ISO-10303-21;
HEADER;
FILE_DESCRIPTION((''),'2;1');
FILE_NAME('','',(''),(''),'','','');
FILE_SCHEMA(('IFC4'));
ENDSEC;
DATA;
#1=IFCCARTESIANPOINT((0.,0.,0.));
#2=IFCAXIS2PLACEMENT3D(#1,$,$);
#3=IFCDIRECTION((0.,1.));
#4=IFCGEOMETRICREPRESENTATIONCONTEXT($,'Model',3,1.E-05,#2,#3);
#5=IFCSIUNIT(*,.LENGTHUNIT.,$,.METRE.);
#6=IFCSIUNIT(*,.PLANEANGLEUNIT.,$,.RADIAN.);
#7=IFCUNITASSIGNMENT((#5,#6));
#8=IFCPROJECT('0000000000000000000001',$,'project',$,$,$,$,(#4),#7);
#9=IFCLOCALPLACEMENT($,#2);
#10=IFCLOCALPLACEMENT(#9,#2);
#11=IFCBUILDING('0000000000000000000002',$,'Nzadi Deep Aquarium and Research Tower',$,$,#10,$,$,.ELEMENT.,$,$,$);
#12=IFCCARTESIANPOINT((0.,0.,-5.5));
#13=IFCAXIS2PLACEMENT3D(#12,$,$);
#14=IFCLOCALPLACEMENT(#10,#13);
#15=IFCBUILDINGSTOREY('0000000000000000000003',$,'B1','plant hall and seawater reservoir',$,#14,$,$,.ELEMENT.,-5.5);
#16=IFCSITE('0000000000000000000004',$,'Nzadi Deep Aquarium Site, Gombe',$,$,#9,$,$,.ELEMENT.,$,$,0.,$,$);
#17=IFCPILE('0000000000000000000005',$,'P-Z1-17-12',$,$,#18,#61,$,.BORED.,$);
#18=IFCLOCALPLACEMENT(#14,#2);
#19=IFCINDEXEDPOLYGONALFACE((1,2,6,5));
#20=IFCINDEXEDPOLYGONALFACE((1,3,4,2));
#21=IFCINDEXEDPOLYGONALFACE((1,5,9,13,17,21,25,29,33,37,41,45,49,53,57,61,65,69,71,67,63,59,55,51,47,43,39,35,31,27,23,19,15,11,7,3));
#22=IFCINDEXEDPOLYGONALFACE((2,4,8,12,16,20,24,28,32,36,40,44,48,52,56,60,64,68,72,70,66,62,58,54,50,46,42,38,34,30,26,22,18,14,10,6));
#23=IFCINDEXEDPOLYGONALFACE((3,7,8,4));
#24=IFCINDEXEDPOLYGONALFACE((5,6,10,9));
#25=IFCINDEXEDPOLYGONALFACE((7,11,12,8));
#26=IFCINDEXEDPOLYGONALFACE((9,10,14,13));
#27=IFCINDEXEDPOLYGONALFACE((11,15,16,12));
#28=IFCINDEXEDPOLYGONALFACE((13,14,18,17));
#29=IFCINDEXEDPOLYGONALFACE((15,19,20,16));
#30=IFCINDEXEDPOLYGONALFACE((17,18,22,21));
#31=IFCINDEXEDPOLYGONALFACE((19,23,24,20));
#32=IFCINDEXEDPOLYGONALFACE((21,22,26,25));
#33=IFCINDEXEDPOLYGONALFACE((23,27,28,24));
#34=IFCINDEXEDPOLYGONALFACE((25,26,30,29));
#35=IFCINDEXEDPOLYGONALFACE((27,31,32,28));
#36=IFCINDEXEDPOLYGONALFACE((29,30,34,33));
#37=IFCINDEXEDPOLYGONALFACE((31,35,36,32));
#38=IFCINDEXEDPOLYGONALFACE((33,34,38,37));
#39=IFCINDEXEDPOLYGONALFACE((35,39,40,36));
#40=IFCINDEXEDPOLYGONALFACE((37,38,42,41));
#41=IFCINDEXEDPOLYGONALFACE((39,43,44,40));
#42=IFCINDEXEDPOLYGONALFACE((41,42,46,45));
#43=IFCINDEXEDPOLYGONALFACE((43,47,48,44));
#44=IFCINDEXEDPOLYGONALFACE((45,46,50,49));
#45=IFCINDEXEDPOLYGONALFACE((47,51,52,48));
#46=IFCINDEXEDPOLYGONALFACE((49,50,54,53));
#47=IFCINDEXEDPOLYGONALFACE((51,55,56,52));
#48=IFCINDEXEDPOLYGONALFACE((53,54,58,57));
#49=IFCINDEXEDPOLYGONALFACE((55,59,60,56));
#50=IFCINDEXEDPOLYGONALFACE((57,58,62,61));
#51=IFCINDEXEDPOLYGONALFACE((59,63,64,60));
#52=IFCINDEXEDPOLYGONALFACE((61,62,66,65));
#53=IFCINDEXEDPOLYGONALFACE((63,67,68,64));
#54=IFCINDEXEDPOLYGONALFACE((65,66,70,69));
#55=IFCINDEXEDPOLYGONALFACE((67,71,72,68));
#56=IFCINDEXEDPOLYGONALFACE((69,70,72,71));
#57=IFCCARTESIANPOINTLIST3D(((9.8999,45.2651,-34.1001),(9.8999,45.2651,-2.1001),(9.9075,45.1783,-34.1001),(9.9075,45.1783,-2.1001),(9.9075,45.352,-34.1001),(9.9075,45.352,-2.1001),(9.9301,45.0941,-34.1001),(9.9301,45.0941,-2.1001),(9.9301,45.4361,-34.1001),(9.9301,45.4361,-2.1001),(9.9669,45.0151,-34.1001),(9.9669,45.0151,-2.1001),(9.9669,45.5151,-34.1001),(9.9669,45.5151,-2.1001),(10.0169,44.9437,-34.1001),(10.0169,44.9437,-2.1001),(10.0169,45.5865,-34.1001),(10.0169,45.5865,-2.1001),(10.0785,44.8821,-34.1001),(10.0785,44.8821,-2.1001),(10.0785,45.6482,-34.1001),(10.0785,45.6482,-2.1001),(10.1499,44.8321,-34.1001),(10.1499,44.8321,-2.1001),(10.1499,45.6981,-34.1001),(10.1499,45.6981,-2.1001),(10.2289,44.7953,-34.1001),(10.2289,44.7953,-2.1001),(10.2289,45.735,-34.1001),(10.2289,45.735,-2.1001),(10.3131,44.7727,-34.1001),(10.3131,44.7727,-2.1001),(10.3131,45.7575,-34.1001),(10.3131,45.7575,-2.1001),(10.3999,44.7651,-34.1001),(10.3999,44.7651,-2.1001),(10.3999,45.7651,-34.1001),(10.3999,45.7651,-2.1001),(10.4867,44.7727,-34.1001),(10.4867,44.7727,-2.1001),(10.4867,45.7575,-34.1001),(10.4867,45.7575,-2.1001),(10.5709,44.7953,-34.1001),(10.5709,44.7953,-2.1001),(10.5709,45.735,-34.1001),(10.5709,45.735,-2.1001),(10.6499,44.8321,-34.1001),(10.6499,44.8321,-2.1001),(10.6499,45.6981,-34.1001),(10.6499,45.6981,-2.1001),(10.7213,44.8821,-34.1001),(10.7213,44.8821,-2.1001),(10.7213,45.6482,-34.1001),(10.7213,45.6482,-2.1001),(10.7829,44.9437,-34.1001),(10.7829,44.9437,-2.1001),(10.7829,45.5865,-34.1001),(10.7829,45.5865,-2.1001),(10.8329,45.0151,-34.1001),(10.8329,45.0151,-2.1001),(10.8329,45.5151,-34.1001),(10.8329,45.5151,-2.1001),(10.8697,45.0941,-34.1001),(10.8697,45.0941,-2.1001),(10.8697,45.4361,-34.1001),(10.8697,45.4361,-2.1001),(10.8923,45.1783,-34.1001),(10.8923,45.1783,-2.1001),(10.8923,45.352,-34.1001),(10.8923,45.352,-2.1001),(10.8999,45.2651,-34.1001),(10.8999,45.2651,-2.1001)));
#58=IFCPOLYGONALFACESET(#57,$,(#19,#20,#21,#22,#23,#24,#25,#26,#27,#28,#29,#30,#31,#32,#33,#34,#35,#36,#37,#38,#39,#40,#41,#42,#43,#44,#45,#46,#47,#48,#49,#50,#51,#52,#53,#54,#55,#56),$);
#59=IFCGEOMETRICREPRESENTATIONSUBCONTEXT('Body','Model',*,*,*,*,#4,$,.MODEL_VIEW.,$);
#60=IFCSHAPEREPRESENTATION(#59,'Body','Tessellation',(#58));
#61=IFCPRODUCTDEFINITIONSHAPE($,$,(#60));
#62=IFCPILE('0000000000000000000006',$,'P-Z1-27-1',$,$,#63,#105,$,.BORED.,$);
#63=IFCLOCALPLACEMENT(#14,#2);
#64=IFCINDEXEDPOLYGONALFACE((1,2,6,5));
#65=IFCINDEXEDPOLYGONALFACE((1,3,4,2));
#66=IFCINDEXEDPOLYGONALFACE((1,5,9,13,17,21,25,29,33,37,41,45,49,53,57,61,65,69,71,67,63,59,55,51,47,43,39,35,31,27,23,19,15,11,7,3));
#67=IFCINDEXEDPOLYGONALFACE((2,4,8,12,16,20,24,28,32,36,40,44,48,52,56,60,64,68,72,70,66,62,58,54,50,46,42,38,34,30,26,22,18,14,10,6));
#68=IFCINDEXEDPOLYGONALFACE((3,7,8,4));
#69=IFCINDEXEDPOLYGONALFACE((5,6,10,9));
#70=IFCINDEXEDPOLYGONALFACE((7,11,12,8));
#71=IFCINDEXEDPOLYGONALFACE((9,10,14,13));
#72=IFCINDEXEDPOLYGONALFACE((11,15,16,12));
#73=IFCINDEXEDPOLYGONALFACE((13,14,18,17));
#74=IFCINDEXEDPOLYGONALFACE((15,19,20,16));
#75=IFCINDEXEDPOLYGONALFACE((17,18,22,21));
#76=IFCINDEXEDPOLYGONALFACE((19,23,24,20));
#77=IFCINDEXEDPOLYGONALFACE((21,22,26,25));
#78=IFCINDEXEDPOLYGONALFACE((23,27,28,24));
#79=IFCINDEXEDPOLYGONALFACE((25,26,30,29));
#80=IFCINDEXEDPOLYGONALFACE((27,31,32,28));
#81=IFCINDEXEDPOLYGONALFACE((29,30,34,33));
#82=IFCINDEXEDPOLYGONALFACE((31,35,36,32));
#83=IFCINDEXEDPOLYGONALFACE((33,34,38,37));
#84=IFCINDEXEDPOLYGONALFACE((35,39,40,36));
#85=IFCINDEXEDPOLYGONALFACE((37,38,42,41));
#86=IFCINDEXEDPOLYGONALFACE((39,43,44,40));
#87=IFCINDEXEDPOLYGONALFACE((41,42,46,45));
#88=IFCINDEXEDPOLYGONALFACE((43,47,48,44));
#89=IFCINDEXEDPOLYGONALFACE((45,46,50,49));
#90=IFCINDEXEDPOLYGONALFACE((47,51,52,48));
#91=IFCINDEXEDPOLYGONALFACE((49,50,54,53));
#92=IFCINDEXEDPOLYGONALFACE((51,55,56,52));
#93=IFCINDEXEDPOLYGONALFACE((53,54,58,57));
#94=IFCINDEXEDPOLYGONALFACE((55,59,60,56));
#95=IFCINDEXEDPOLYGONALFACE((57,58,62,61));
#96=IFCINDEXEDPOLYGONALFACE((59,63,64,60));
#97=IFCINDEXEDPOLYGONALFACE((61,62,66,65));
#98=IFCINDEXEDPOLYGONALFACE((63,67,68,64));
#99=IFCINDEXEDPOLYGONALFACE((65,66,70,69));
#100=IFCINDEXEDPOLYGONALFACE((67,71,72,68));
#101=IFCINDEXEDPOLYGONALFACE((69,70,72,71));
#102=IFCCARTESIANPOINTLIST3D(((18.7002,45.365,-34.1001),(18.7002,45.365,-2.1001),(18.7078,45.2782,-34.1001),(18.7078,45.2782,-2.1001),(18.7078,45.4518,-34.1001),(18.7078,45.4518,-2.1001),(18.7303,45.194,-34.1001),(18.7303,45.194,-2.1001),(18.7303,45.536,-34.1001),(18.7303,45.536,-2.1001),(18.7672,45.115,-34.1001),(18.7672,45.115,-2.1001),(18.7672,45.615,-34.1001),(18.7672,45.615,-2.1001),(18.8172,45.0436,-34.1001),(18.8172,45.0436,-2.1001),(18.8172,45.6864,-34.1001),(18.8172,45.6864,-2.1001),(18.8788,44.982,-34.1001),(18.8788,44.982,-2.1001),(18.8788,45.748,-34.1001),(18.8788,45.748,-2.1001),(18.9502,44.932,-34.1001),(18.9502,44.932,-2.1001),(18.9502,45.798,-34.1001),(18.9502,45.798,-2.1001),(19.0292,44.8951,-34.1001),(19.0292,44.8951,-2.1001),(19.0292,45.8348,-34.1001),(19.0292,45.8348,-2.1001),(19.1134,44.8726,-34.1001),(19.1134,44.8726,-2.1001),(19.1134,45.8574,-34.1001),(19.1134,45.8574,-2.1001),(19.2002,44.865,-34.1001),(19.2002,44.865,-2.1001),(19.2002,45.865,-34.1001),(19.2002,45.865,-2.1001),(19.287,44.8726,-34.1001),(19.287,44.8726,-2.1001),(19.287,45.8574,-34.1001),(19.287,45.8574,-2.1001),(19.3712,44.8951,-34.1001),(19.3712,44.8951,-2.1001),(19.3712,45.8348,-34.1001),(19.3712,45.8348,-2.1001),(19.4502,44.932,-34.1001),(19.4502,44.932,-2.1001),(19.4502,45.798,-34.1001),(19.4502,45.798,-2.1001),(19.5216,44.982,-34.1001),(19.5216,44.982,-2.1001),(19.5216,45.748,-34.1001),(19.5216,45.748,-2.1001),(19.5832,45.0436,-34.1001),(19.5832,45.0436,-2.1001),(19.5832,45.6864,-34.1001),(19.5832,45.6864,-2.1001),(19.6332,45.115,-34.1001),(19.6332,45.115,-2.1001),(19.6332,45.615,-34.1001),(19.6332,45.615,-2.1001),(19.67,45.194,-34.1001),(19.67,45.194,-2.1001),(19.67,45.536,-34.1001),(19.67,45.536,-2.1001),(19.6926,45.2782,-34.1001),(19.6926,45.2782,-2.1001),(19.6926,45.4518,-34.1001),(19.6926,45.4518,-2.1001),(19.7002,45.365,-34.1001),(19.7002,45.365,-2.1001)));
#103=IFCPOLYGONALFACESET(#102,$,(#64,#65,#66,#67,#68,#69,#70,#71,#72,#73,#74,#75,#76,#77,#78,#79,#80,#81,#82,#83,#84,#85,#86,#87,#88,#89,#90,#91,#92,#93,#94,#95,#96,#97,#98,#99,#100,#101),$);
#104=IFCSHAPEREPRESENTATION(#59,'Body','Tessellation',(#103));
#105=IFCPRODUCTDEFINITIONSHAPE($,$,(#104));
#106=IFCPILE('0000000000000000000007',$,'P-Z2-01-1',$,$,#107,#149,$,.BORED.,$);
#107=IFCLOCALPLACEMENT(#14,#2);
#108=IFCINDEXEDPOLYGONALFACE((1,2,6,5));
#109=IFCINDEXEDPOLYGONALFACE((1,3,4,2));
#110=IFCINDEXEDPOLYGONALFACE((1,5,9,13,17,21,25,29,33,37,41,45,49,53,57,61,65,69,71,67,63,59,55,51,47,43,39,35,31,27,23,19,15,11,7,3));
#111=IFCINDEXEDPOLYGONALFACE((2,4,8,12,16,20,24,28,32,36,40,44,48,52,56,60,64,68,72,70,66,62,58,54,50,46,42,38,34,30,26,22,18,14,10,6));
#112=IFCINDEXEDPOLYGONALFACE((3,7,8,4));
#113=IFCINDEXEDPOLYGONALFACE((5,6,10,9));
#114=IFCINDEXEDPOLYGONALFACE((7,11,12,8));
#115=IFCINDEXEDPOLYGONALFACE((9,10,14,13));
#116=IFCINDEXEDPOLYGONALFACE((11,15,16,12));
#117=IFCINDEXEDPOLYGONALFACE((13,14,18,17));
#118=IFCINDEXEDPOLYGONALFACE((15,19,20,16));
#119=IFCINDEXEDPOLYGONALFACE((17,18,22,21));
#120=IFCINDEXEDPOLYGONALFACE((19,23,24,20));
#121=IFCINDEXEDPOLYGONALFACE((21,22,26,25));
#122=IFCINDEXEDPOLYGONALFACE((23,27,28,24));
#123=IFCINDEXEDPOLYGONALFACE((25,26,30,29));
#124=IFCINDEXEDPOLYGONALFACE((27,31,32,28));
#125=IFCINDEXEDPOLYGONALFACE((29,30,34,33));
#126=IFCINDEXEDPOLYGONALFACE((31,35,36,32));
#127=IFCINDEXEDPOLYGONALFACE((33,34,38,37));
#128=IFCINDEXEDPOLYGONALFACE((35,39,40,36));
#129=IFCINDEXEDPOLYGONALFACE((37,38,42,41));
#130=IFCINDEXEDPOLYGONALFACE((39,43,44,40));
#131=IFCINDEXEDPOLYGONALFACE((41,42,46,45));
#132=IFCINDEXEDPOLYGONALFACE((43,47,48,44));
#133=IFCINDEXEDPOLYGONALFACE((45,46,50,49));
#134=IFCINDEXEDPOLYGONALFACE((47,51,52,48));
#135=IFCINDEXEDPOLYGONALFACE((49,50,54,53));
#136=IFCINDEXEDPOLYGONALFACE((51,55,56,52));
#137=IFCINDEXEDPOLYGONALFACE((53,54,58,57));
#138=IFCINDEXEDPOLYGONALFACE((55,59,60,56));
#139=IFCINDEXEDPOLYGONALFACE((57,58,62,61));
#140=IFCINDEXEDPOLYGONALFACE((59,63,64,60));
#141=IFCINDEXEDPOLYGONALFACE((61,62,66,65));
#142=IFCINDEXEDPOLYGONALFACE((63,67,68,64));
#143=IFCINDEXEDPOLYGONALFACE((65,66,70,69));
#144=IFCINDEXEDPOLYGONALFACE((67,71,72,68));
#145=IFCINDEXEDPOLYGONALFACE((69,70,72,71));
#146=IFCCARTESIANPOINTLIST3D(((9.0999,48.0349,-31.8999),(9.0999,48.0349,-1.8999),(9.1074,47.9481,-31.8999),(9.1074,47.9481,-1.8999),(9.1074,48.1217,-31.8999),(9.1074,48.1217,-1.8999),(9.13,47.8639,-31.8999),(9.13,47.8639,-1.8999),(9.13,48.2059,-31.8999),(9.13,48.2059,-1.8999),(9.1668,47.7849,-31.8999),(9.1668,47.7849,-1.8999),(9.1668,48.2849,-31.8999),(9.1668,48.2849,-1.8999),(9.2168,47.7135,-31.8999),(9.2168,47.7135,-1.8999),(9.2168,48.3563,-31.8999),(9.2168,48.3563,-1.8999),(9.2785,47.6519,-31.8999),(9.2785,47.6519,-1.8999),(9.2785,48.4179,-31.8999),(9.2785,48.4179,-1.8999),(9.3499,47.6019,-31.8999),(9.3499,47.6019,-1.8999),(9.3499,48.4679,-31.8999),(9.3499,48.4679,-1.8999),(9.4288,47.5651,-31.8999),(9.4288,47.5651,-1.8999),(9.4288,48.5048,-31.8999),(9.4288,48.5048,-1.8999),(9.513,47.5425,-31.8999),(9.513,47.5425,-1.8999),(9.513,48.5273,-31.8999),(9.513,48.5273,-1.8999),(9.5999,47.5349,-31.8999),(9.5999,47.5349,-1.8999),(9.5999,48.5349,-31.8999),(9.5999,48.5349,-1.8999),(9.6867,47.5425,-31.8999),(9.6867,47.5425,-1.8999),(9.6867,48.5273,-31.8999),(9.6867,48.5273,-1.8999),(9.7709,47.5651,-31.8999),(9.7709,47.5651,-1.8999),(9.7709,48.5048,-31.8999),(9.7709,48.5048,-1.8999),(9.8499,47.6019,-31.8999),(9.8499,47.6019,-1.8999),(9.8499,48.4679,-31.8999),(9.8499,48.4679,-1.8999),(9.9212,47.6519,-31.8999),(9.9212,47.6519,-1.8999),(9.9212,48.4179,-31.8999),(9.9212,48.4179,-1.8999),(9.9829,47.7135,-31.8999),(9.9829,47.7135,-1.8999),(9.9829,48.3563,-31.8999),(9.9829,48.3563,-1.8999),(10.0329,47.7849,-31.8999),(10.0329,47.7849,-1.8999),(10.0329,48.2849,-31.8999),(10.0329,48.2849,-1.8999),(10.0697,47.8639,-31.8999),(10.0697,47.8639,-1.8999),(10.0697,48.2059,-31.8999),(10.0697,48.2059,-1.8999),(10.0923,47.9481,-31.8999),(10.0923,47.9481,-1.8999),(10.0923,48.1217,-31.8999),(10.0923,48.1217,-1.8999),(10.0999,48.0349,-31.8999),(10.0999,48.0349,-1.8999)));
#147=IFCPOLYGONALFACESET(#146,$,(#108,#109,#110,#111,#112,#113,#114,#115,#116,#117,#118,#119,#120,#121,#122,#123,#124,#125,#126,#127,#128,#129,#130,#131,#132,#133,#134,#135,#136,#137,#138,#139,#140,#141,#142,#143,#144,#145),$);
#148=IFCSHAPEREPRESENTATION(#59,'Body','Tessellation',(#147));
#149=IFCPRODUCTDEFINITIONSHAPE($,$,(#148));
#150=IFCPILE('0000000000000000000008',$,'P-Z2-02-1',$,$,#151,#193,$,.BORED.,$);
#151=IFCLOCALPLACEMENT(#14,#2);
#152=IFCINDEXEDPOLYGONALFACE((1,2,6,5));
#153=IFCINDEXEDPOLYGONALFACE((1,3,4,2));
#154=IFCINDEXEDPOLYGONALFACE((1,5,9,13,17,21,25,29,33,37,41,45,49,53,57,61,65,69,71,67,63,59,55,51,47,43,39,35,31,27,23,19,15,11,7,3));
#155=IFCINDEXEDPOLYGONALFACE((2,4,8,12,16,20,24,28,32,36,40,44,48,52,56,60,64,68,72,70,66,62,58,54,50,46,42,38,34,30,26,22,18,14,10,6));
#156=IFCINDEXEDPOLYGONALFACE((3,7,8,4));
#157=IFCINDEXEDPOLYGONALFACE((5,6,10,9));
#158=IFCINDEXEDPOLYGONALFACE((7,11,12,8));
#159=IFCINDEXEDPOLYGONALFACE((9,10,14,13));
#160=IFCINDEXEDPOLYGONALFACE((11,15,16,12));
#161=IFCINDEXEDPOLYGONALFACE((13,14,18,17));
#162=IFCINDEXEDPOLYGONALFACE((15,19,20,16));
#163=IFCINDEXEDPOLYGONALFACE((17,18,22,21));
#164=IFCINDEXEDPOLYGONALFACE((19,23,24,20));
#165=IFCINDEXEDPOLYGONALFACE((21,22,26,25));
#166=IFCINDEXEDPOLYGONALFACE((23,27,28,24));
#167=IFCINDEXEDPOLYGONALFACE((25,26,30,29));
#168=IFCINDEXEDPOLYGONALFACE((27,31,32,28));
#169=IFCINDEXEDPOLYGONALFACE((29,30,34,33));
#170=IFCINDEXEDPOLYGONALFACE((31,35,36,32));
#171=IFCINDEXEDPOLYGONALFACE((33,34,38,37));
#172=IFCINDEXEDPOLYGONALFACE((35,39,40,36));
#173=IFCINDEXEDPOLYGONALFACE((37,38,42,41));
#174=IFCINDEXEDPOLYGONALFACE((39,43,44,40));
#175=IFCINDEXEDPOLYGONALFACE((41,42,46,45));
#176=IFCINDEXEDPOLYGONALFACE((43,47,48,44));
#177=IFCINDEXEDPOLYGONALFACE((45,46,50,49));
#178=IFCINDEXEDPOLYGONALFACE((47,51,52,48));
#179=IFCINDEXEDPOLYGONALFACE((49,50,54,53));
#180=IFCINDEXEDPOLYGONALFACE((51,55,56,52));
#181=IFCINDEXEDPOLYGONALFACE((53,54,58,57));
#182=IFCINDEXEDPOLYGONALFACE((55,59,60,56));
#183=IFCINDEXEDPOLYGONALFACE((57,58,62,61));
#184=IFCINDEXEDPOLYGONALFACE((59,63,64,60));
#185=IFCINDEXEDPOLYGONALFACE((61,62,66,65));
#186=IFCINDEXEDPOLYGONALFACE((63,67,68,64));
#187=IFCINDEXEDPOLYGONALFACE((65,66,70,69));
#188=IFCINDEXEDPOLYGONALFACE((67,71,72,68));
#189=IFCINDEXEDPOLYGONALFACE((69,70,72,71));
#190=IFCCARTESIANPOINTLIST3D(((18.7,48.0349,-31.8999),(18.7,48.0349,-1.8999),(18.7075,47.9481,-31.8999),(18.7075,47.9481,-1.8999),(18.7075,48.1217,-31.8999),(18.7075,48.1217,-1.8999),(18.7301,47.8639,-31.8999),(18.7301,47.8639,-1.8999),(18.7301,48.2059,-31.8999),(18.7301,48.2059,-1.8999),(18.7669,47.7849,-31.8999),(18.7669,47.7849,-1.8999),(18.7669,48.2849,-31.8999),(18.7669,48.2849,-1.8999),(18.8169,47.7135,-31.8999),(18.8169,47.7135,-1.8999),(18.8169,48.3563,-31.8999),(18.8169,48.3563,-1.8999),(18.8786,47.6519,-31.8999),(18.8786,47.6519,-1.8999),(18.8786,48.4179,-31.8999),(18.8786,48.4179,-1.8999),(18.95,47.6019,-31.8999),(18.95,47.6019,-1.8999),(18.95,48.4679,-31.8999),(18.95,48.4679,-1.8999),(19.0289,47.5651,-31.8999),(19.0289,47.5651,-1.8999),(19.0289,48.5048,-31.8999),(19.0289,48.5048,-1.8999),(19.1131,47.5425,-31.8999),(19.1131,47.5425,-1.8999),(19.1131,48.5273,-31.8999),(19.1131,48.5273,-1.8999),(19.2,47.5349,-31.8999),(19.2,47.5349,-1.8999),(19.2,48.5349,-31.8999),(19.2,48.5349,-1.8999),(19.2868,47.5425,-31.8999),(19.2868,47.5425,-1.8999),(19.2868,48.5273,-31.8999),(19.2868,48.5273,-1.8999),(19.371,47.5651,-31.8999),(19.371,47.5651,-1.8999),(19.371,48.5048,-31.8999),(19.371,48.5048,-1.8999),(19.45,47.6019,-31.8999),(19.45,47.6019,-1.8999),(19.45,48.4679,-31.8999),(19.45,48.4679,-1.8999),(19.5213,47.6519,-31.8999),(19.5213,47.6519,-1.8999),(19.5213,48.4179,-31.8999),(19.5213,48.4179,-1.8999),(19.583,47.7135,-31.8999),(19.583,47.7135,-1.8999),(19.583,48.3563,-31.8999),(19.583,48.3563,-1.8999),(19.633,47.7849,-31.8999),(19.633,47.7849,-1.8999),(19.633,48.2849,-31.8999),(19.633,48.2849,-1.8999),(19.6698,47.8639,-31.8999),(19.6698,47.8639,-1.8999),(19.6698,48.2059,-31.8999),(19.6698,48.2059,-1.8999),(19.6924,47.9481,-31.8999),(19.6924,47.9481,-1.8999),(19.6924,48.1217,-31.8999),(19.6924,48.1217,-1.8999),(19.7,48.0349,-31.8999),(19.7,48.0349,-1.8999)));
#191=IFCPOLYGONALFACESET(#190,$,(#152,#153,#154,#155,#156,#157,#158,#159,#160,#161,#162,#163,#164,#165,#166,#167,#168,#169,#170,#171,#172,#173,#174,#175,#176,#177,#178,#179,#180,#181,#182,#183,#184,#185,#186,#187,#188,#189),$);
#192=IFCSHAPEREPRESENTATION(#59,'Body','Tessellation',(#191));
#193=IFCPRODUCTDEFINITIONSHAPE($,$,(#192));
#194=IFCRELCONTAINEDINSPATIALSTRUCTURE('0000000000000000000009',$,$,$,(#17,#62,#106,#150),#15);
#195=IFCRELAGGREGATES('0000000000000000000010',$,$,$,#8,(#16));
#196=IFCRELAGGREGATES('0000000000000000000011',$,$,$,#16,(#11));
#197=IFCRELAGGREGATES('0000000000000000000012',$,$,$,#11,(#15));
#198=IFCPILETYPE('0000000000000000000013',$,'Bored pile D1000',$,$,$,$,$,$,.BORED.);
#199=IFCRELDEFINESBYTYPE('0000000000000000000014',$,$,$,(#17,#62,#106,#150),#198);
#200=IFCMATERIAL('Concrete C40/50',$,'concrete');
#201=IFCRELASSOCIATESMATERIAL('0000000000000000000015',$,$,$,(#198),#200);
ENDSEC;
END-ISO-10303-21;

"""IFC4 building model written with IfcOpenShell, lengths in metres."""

from ifc_helpers import new_model, si_unit, direction, frame, origin, origin_2d, place, context, subcontext, project, spatial, circle, extrude, material, material_profile, profile_set, type_object, element, save


model = new_model("IFC4")

# Units and contexts
model_context = context("Model", 3, precision=1e-05, world=origin(), true_north=direction((0.0, 1.0)))
body_context = subcontext(model_context, "Body", "Model", "MODEL_VIEW")
ifc_project = project(units=[si_unit("LENGTHUNIT", "METRE"), si_unit("PLANEANGLEUNIT", "RADIAN")], contexts=[model_context])

# Site, building, storey
site_placement = place(None, origin())
site = spatial("IfcSite", under=ifc_project, at=site_placement, Name="Nzadi Deep Aquarium Site, Gombe", CompositionType="ELEMENT", RefElevation=0.0)
building_placement = place(site_placement, origin())
building = spatial("IfcBuilding", under=site, at=building_placement, Name="Nzadi Deep Aquarium and Research Tower", CompositionType="ELEMENT")
storey_placement = place(building_placement, frame((0.0, 0.0, -5.5)))
storey = spatial("IfcBuildingStorey", under=building, at=storey_placement, Name="B1", Description="plant hall and seawater reservoir", CompositionType="ELEMENT", Elevation=-5.5)

# Piles
ifc_material_1 = material(Name="Concrete C40/50", Category="concrete")
ifc_material_profile_1 = material_profile(ifc_material_1, circle(Radius=0.5, at=origin_2d()))
ifc_profile_set_1 = profile_set([ifc_material_profile_1], Name="Concrete C40/50")
pile_type_1 = type_object("IfcPileType", Name="Bored pile D1000", PredefinedType="BORED", material=ifc_profile_set_1)
for number, where, z_axis, x_axis, name in (
    (1, (10.3999, 45.2651, -2.1001), (0.0, 0.0, -1.0), (1.0, 0.0, 0.0), "P-Z1-17-12"),
    (2, (19.2002, 45.365, -2.1001), (0.0, 0.0, -1.0), (1.0, 0.0, 0.0), "P-Z1-27-1"),
):
    element("IfcPile", number, at=place(storey_placement, frame(where, z_axis=z_axis, x_axis=x_axis)), inside=storey, type_object=pile_type_1, Name=name, PredefinedType="BORED", context=body_context, shape_type="SweptSolid", body=[
        extrude(circle(Radius=0.5, at=origin_2d()), origin(), (0.0, 0.0, 1.0), 32.0),
    ])
for number, where, z_axis, x_axis, name in (
    (3, (9.5999, 48.0349, -1.8999), (0.0, 0.0, -1.0), (1.0, 0.0, 0.0), "P-Z2-01-1"),
    (4, (19.2, 48.0349, -1.8999), (0.0, 0.0, -1.0), (1.0, 0.0, 0.0), "P-Z2-02-1"),
):
    element("IfcPile", number, at=place(storey_placement, frame(where, z_axis=z_axis, x_axis=x_axis)), inside=storey, type_object=pile_type_1, Name=name, PredefinedType="BORED", context=body_context, shape_type="SweptSolid", body=[
        extrude(circle(Radius=0.5, at=origin_2d()), origin(), (0.0, 0.0, 1.0), 30.0),
    ])

save(model, "model.ifc")
